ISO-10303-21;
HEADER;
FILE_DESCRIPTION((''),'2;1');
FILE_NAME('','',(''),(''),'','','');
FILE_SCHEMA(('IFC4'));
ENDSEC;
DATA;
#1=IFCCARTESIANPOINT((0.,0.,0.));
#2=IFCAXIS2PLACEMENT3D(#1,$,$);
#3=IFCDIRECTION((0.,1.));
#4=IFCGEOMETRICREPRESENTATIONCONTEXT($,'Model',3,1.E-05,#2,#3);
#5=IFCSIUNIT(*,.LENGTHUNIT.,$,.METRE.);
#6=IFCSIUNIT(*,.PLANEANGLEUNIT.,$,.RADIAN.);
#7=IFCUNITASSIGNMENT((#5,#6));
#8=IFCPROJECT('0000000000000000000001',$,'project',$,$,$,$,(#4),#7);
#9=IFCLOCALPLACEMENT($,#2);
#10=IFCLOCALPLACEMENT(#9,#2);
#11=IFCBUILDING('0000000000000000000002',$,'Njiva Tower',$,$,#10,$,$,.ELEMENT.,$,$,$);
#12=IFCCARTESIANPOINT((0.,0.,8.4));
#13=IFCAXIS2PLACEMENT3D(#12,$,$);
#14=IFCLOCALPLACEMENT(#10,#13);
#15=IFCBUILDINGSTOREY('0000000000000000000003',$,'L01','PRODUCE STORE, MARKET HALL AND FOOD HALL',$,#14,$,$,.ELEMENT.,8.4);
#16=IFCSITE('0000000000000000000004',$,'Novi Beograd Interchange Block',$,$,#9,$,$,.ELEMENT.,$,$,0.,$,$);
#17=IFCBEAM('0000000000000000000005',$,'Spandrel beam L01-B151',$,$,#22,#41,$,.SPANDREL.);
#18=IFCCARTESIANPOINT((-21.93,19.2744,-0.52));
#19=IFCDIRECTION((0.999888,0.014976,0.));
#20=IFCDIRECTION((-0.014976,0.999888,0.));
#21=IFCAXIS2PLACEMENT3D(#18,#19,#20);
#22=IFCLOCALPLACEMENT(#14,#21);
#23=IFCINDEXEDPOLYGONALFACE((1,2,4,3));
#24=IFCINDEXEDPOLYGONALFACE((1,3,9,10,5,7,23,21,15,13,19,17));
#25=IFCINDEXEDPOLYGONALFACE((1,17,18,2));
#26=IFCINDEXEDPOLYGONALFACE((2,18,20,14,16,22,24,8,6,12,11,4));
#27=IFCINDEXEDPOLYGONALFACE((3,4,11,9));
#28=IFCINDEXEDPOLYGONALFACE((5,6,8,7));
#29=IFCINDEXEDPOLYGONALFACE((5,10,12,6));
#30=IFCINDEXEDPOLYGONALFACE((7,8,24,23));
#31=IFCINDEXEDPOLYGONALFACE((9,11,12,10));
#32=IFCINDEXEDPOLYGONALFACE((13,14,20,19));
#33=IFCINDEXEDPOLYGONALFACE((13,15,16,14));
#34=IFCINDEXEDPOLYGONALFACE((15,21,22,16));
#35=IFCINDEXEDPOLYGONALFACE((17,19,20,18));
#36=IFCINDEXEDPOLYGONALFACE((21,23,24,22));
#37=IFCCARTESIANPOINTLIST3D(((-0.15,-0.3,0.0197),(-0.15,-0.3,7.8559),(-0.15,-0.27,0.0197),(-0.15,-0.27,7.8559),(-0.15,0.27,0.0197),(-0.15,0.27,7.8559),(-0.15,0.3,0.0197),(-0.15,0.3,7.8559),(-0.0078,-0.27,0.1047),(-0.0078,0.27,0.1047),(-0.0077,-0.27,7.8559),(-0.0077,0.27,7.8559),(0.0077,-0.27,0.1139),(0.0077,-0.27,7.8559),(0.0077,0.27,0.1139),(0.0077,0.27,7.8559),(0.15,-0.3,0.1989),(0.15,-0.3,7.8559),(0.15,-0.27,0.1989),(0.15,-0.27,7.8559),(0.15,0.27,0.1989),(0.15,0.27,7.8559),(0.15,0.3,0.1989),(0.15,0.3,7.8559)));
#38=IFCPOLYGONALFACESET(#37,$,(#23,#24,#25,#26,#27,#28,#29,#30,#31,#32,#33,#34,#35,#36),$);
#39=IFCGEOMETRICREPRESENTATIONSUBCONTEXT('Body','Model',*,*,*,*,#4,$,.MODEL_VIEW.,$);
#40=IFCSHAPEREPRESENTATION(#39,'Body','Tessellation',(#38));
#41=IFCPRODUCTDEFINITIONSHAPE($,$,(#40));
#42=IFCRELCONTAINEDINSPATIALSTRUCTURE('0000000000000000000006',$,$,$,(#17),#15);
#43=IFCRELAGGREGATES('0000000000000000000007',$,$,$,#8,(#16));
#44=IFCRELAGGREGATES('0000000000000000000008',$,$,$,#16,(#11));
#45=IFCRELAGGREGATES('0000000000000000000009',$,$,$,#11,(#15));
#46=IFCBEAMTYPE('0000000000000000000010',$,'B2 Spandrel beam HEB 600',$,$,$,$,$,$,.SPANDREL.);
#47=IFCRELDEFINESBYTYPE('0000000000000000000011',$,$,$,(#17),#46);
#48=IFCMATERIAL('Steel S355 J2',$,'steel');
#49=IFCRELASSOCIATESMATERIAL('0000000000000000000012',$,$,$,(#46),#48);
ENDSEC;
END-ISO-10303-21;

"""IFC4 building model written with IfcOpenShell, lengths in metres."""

from ifc_helpers import new_model, si_unit, direction, frame, origin, origin_2d, place, context, subcontext, project, spatial, i_section, extrude, clip, halfspace, material, material_profile, profile_set, type_object, element, save


model = new_model("IFC4")

# Units and contexts
model_context = context("Model", 3, precision=1e-05, world=origin(), true_north=direction((0.0, 1.0)))
body_context = subcontext(model_context, "Body", "Model", "MODEL_VIEW")
ifc_project = project(units=[si_unit("LENGTHUNIT", "METRE"), si_unit("PLANEANGLEUNIT", "RADIAN")], contexts=[model_context])

# Site, building, storey
site_placement = place(None, origin())
site = spatial("IfcSite", under=ifc_project, at=site_placement, Name="Novi Beograd Interchange Block", CompositionType="ELEMENT", RefElevation=0.0)
building_placement = place(site_placement, origin())
building = spatial("IfcBuilding", under=site, at=building_placement, Name="Njiva Tower", CompositionType="ELEMENT")
storey_placement = place(building_placement, frame((0.0, 0.0, 8.4)))
storey = spatial("IfcBuildingStorey", under=building, at=storey_placement, Name="L01", Description="PRODUCE STORE, MARKET HALL AND FOOD HALL", CompositionType="ELEMENT", Elevation=8.4)

# Shared definitions
ifc_material_1 = material(Name="Steel S355 J2", Category="steel")

# Beam
ifc_material_profile_1 = material_profile(ifc_material_1, i_section(OverallWidth=0.3, OverallDepth=0.6, WebThickness=0.0155, FlangeThickness=0.03, at=origin_2d()), Name="HEB 600")
ifc_profile_set_1 = profile_set([ifc_material_profile_1], Name="Steel S355 J2")
beam_type_1 = type_object("IfcBeamType", Name="B2 Spandrel beam HEB 600", PredefinedType="SPANDREL", material=ifc_profile_set_1)
beam_1_placement = place(storey_placement, frame((-21.93, 19.2744, -0.52), z_axis=(0.999888, 0.014976, 0.0), x_axis=(-0.014976, 0.999888, 0.0)))
element("IfcBeam", 1, at=beam_1_placement, inside=storey, type_object=beam_type_1, Name="Spandrel beam L01-B151", PredefinedType="SPANDREL", context=body_context, shape_type="Clipping", body=[
    clip(extrude(i_section(OverallWidth=0.3, OverallDepth=0.6, WebThickness=0.0155, FlangeThickness=0.03, at=origin_2d()), origin(), (0.0, 0.0, 1.0), 7.8559), halfspace(frame((0.0261, 0.0, 0.1249), z_axis=(0.512911, 0.0, -0.858442), x_axis=(0.0, -1.0, 0.0)), False)),
])

save(model, "model.ifc")
